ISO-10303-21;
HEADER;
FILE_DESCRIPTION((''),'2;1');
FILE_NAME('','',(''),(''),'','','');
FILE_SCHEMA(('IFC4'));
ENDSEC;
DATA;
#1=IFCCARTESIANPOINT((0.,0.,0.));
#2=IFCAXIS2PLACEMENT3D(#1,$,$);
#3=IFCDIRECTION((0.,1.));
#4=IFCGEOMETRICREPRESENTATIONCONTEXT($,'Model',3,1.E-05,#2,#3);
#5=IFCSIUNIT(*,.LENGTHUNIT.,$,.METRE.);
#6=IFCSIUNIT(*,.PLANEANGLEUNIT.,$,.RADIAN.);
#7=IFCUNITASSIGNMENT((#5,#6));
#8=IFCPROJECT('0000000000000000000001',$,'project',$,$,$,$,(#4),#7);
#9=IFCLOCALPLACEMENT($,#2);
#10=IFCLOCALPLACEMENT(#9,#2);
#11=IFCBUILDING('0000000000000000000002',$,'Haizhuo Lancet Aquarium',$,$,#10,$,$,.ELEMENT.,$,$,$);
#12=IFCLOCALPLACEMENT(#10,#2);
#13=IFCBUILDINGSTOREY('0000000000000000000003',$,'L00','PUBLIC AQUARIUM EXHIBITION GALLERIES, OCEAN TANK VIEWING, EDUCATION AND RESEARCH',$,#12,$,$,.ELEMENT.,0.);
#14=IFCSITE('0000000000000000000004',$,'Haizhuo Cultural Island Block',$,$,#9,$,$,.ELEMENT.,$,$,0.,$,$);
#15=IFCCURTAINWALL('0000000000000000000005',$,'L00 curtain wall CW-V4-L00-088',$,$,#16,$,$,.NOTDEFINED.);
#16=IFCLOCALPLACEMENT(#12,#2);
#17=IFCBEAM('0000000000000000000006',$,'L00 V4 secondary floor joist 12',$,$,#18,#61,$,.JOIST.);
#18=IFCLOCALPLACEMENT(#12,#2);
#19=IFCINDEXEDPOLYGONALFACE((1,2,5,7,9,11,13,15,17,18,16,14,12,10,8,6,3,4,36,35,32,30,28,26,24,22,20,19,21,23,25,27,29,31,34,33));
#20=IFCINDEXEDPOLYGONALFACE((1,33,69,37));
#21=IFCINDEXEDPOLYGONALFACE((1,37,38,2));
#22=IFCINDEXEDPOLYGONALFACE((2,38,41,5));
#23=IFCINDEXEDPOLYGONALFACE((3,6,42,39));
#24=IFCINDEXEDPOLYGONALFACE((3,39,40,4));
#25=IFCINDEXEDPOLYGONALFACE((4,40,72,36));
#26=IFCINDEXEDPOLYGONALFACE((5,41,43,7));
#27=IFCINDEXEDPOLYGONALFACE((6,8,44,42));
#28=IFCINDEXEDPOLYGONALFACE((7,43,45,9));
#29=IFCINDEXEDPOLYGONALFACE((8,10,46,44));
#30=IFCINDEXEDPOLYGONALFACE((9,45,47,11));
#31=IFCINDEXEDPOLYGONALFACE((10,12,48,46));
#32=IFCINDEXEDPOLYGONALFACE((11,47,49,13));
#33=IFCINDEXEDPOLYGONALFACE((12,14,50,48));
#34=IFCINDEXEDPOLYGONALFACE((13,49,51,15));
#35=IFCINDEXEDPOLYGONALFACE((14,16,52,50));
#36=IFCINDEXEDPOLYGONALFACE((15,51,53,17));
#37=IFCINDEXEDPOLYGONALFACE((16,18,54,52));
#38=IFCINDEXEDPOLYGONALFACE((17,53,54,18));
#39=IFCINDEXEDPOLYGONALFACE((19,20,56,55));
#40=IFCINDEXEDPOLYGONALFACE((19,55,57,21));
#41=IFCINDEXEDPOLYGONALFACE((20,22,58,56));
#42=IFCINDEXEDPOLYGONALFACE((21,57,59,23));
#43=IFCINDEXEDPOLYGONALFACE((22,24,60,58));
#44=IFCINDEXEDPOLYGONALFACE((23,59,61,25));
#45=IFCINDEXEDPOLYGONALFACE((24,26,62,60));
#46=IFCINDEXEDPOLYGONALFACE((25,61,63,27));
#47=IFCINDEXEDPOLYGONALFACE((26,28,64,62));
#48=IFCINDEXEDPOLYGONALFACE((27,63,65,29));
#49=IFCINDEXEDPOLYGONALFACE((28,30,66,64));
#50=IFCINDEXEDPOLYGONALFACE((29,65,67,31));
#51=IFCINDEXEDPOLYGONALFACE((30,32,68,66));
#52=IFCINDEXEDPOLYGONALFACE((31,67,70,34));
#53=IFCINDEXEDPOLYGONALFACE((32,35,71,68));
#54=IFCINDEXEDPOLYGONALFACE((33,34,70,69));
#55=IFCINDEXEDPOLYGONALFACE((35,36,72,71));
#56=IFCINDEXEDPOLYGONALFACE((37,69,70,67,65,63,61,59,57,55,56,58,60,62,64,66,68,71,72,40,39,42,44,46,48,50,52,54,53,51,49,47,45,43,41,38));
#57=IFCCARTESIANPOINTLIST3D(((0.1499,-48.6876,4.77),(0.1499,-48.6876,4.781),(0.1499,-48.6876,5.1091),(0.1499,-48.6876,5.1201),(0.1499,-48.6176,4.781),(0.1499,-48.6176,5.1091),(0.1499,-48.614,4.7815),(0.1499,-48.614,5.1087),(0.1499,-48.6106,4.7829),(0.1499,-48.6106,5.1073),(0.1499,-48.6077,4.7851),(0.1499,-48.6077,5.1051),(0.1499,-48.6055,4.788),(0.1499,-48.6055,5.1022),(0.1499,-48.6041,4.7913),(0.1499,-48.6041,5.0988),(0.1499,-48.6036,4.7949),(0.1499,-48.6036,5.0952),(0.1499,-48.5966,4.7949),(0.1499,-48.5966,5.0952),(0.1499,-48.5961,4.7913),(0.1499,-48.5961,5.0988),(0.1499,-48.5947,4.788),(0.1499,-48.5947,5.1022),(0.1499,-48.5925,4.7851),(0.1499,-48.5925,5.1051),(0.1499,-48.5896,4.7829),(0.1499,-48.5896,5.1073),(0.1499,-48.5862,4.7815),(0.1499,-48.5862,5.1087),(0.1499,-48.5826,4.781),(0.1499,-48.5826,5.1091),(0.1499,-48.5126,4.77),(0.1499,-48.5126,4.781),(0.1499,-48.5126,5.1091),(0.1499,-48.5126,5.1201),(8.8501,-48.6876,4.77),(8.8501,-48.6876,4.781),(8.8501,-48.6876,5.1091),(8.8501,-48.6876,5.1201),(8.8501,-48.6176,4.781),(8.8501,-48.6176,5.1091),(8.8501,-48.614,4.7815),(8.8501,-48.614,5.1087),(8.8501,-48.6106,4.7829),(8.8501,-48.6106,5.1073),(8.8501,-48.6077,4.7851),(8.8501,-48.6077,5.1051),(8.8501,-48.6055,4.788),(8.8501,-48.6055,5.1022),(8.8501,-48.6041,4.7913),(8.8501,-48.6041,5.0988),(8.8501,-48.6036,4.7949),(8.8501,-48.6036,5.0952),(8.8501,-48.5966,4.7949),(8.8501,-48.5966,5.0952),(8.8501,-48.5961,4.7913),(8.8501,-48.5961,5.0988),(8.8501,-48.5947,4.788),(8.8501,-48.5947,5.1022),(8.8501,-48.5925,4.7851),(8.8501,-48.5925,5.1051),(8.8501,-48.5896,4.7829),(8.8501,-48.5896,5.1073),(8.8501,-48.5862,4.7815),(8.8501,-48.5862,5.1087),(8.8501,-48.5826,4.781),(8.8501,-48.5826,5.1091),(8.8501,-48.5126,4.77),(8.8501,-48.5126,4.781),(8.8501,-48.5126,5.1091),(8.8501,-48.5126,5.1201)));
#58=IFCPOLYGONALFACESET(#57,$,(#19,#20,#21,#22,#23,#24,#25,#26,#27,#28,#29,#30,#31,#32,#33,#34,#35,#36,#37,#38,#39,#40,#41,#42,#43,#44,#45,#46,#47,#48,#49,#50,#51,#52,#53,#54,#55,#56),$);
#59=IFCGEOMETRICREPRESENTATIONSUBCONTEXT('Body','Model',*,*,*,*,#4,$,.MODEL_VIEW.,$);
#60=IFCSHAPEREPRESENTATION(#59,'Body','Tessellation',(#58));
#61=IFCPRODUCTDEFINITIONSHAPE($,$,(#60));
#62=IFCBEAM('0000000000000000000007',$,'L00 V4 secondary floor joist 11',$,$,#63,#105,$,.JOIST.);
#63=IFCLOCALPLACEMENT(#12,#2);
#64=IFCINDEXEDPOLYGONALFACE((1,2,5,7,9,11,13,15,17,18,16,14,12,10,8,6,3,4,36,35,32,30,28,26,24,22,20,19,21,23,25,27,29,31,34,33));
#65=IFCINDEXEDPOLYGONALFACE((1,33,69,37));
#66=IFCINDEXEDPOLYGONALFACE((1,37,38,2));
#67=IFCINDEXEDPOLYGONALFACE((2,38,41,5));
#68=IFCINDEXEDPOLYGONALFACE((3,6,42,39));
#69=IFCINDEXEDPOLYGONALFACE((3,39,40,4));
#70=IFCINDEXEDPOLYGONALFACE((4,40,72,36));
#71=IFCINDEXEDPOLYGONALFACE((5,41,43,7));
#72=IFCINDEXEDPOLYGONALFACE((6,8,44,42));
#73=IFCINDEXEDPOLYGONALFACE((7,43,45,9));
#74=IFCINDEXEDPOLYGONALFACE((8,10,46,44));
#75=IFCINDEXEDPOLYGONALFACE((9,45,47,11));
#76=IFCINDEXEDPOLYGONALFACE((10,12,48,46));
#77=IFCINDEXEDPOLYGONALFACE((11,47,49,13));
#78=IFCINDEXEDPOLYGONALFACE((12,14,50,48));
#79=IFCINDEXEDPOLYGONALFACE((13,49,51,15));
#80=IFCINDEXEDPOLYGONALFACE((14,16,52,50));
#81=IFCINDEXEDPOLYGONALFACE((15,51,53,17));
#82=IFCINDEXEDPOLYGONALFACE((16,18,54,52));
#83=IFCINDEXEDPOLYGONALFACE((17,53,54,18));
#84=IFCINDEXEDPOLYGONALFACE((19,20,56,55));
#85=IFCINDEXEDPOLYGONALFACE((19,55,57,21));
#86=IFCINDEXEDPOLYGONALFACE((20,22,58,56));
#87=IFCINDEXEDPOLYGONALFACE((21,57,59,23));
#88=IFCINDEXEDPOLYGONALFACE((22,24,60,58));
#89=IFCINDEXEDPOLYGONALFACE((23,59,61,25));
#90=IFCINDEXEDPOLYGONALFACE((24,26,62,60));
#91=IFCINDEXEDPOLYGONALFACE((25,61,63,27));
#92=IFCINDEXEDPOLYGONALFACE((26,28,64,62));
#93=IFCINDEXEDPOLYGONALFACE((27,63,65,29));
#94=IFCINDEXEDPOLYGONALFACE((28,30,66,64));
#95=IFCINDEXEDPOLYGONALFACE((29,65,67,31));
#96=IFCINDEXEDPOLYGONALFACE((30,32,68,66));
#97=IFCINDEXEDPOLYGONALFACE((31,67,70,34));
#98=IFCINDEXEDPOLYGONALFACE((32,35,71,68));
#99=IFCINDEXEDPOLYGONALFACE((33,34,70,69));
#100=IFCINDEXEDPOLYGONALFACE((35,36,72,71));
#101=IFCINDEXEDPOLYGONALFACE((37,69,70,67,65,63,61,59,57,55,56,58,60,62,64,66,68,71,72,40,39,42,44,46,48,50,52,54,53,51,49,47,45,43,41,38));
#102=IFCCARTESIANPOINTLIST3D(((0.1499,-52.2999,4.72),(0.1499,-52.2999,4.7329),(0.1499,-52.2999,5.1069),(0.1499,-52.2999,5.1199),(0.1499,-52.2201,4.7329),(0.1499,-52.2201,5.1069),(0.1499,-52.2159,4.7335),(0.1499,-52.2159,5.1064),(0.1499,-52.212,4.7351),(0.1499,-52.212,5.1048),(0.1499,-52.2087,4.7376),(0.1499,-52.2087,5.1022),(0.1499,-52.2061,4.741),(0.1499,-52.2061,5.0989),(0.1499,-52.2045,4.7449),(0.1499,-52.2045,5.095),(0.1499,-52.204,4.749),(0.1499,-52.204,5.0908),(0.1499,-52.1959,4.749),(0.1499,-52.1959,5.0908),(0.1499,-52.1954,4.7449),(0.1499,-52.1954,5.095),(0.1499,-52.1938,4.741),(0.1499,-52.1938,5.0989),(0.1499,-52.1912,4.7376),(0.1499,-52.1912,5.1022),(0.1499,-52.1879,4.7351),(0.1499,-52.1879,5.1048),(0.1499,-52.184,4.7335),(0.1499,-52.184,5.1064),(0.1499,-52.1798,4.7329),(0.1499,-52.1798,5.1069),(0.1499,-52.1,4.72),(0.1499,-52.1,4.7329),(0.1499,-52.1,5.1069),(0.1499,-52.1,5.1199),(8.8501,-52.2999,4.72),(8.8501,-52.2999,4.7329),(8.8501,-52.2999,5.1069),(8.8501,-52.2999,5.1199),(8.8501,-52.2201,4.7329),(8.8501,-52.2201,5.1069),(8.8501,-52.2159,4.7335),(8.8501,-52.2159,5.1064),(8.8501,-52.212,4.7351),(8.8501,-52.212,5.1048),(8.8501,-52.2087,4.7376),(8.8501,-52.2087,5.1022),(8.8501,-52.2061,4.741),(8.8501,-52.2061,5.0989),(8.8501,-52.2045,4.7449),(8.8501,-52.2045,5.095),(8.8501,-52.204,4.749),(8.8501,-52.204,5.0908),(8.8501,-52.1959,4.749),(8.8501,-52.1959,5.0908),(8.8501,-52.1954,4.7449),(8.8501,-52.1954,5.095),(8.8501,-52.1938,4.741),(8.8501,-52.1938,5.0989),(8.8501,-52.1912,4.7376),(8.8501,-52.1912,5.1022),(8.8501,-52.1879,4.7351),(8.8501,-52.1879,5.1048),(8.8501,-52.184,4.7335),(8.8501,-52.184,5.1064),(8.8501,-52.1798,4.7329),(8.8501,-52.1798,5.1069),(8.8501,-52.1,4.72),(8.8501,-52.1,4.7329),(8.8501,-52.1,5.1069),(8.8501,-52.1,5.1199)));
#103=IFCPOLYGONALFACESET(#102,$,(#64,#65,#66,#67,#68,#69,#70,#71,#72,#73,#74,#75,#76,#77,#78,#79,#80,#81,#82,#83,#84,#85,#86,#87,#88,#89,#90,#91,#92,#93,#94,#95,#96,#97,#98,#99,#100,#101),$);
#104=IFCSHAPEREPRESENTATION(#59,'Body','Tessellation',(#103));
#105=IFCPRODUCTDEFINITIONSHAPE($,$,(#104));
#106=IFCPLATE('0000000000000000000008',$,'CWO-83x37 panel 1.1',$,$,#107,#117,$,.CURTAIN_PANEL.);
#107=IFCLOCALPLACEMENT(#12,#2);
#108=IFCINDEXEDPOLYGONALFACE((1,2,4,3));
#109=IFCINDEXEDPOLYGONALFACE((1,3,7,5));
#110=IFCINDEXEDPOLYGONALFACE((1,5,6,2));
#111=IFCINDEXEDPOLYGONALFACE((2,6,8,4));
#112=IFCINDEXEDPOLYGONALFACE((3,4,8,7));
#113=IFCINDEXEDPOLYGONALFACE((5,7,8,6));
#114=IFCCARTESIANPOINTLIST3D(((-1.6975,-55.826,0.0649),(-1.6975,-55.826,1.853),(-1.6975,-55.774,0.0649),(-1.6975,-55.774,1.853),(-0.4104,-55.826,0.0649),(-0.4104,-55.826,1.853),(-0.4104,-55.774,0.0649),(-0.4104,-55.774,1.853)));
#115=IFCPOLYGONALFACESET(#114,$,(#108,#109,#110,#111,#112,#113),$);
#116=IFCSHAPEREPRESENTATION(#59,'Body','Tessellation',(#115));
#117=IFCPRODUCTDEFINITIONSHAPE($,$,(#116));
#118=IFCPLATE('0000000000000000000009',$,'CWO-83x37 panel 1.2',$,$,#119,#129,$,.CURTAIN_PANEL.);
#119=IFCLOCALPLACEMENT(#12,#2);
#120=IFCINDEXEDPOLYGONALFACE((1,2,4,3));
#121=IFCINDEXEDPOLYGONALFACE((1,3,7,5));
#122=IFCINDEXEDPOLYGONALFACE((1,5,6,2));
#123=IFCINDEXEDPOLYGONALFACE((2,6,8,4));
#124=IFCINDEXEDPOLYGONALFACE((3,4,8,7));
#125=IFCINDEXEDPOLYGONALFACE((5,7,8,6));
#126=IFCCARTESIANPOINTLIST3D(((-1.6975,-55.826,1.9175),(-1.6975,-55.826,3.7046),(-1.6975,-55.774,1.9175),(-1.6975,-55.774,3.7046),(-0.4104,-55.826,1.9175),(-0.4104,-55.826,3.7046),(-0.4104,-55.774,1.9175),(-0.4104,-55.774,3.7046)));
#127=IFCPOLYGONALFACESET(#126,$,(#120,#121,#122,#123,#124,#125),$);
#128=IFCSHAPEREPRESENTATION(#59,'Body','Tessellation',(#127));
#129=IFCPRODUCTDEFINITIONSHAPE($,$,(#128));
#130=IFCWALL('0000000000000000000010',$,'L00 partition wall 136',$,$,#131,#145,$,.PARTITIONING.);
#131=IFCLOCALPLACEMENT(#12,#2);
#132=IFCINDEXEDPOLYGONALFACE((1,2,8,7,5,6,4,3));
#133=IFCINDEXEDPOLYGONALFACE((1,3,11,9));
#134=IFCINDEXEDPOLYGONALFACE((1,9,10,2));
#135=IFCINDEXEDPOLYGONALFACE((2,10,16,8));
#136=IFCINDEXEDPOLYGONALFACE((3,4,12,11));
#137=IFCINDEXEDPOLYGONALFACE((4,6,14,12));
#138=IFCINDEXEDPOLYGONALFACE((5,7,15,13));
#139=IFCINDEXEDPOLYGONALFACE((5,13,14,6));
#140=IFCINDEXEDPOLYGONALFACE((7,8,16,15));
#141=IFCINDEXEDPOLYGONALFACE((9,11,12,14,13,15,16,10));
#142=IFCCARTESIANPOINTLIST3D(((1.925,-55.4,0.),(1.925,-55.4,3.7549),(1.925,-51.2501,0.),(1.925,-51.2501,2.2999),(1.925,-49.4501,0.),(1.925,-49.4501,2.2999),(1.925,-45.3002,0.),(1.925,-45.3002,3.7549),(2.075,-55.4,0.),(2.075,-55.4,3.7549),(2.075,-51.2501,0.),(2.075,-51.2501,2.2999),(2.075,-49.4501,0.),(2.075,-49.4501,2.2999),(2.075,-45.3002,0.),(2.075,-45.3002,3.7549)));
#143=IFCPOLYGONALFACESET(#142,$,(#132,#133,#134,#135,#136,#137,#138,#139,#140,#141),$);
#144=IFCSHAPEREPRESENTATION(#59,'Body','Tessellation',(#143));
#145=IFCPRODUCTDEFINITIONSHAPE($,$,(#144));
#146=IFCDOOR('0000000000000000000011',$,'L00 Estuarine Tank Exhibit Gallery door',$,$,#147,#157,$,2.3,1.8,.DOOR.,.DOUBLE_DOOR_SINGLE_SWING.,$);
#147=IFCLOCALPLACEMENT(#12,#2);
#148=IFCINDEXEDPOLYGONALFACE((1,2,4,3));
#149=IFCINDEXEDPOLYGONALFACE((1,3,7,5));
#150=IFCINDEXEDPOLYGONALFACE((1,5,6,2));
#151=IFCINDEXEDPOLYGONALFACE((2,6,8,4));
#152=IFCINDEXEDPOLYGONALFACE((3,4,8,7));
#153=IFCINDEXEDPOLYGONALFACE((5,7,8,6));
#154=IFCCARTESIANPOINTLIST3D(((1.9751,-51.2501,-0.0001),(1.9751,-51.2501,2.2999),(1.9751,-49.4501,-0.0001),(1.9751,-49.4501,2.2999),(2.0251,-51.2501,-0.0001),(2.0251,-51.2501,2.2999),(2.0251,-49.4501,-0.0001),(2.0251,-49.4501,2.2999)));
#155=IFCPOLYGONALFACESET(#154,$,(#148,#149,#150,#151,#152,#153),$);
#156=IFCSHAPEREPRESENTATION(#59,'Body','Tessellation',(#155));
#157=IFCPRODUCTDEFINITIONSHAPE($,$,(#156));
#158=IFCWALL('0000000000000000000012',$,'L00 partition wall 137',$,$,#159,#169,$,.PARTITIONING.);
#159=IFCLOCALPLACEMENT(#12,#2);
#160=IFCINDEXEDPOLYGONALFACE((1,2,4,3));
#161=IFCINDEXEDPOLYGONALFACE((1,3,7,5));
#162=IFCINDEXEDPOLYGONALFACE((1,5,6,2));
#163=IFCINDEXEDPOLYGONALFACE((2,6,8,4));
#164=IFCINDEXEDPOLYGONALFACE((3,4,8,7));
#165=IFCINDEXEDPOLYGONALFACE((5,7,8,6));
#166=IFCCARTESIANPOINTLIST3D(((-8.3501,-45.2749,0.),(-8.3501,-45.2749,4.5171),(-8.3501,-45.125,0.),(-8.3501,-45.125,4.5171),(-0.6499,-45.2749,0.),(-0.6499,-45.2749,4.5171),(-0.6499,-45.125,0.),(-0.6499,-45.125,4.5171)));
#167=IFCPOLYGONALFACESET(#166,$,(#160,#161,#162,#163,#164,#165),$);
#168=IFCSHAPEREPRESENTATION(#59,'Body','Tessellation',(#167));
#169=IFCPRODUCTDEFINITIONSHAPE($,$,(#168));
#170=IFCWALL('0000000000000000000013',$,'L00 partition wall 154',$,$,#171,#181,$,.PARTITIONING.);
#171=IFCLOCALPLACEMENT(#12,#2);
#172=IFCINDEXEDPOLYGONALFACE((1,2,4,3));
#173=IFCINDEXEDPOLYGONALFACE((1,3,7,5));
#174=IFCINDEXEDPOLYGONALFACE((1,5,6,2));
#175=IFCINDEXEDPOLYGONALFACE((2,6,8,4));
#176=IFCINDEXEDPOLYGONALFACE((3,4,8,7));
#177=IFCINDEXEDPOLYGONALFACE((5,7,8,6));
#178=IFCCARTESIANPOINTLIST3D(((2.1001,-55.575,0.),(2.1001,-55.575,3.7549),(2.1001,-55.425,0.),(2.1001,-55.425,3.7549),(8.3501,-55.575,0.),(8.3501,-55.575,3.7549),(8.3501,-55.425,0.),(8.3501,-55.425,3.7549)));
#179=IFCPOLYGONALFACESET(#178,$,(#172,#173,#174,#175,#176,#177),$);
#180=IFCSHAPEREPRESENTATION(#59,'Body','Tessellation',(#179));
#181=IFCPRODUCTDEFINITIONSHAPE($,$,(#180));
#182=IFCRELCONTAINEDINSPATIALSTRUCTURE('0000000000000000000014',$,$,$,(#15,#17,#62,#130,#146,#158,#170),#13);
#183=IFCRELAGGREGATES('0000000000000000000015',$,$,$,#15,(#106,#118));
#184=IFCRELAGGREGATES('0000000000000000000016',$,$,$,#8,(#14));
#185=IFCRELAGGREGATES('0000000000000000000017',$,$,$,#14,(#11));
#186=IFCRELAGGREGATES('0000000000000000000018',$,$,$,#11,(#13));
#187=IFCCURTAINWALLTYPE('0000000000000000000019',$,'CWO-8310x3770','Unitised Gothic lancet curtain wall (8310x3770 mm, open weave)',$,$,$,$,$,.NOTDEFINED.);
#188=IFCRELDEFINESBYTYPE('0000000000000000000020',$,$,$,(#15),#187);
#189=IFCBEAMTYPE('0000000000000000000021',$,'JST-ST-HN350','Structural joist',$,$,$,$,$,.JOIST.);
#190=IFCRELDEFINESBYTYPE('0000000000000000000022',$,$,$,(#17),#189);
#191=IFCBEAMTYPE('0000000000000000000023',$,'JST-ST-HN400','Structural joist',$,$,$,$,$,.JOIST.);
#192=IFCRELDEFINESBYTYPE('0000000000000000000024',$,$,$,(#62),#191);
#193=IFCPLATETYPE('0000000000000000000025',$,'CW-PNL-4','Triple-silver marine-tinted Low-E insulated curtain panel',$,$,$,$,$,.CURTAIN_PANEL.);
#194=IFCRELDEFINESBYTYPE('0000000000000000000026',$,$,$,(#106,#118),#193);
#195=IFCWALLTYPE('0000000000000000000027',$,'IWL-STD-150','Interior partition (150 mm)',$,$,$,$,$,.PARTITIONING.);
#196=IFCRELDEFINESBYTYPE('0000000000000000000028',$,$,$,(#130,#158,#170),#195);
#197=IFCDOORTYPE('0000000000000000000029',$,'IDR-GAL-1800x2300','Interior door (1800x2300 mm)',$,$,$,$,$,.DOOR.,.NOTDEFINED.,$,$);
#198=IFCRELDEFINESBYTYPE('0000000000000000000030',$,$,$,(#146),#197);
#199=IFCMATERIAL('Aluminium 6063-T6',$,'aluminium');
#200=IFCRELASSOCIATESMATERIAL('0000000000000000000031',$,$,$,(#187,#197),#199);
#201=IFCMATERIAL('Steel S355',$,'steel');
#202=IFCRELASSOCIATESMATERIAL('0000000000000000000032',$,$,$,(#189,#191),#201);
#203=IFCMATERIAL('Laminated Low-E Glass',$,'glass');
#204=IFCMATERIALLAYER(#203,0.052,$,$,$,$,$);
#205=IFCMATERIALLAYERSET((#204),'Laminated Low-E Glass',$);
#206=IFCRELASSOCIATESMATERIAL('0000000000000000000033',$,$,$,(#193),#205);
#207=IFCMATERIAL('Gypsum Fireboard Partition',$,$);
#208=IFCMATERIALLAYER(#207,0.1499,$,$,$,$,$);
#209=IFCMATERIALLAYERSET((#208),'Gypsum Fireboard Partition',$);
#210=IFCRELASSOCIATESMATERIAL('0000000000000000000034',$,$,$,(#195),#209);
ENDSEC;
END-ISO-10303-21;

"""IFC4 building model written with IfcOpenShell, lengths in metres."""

from ifc_helpers import new_model, si_unit, direction, frame, frame_2d, origin, origin_2d, place, context, subcontext, project, spatial, rectangle, i_section, extrude, material, layer, layer_set, material_profile, profile_set, type_object, element, fill, aggregate, save


model = new_model("IFC4")

# Units and contexts
model_context = context("Model", 3, precision=1e-05, world=origin(), true_north=direction((0.0, 1.0)))
body_context = subcontext(model_context, "Body", "Model", "MODEL_VIEW")
ifc_project = project(units=[si_unit("LENGTHUNIT", "METRE"), si_unit("PLANEANGLEUNIT", "RADIAN")], contexts=[model_context])

# Site, building, storey
site_placement = place(None, origin())
site = spatial("IfcSite", under=ifc_project, at=site_placement, Name="Haizhuo Cultural Island Block", CompositionType="ELEMENT", RefElevation=0.0)
building_placement = place(site_placement, origin())
building = spatial("IfcBuilding", under=site, at=building_placement, Name="Haizhuo Lancet Aquarium", CompositionType="ELEMENT")
storey_placement = place(building_placement, origin())
storey = spatial("IfcBuildingStorey", under=building, at=storey_placement, Name="L00", Description="PUBLIC AQUARIUM EXHIBITION GALLERIES, OCEAN TANK VIEWING, EDUCATION AND RESEARCH", CompositionType="ELEMENT", Elevation=0.0)

# Shared definitions
ifc_material_1 = material(Name="Steel S355", Category="steel")

# Curtain wall
ifc_material_2 = material(Name="Aluminium 6063-T6", Category="aluminium")
curtain_wall_type = type_object("IfcCurtainWallType", Name="CWO-8310x3770", Description="Unitised Gothic lancet curtain wall (8310x3770 mm, open weave)", PredefinedType="NOTDEFINED", material=ifc_material_2)
curtain_wall_placement = place(storey_placement, origin())
curtain_wall = element("IfcCurtainWall", 1, at=curtain_wall_placement, inside=storey, type_object=curtain_wall_type, Name="L00 curtain wall CW-V4-L00-088", PredefinedType="NOTDEFINED")

# Beams
ifc_material_profile_1 = material_profile(ifc_material_1, i_section(OverallWidth=0.175, OverallDepth=0.3501, WebThickness=0.0071, FlangeThickness=0.011, FilletRadius=0.0139, at=origin_2d()), Name="HN 350x175x7x11")
ifc_profile_set_1 = profile_set([ifc_material_profile_1], Name="Steel S355")
beam_type_1 = type_object("IfcBeamType", Name="JST-ST-HN350", Description="Structural joist", PredefinedType="JOIST", material=ifc_profile_set_1)
beam_1_placement = place(storey_placement, frame((0.1499, -48.6001, 4.9451), z_axis=(1.0, 0.0, 0.0), x_axis=(0.0, 1.0, 0.0)))
element("IfcBeam", 2, at=beam_1_placement, inside=storey, type_object=beam_type_1, Name="L00 V4 secondary floor joist 12", PredefinedType="JOIST", context=body_context, shape_type="SweptSolid", body=[
    extrude(i_section(OverallWidth=0.175, OverallDepth=0.3501, WebThickness=0.0071, FlangeThickness=0.011, FilletRadius=0.0139, at=origin_2d()), origin(), (0.0, 0.0, 1.0), 8.7002),
])
ifc_material_profile_2 = material_profile(ifc_material_1, i_section(OverallWidth=0.2, OverallDepth=0.3999, WebThickness=0.0081, FlangeThickness=0.0129, FilletRadius=0.0161, at=origin_2d()), Name="HN 400x200x8x13")
ifc_profile_set_2 = profile_set([ifc_material_profile_2], Name="Steel S355")
beam_type_2 = type_object("IfcBeamType", Name="JST-ST-HN400", Description="Structural joist", PredefinedType="JOIST", material=ifc_profile_set_2)
beam_2_placement = place(storey_placement, frame((0.1499, -52.2, 4.9199), z_axis=(1.0, 0.0, 0.0), x_axis=(0.0, 1.0, 0.0)))
element("IfcBeam", 3, at=beam_2_placement, inside=storey, type_object=beam_type_2, Name="L00 V4 secondary floor joist 11", PredefinedType="JOIST", context=body_context, shape_type="SweptSolid", body=[
    extrude(i_section(OverallWidth=0.2, OverallDepth=0.3999, WebThickness=0.0081, FlangeThickness=0.0129, FilletRadius=0.0161, at=origin_2d()), origin(), (0.0, 0.0, 1.0), 8.7002),
])

# Plates
ifc_material_3 = material(Name="Laminated Low-E Glass", Category="glass")
ifc_layer_1 = layer(ifc_material_3, 0.052)
ifc_layer_set_1 = layer_set([ifc_layer_1], Name="Laminated Low-E Glass")
plate_type = type_object("IfcPlateType", Name="CW-PNL-4", Description="Triple-silver marine-tinted Low-E insulated curtain panel", PredefinedType="CURTAIN_PANEL", material=ifc_layer_set_1)
plate_1_placement = place(storey_placement, frame((-1.054, -55.8, 0.0649), z_axis=(0.0, 0.0, 1.0), x_axis=(-1.0, 0.0, 0.0)))
plate_1 = element("IfcPlate", 4, at=plate_1_placement, type_object=plate_type, Name="CWO-83x37 panel 1.1", PredefinedType="CURTAIN_PANEL", context=body_context, shape_type="SweptSolid", body=[
    extrude(rectangle(XDim=1.2871, YDim=0.052, at=origin_2d()), origin(), (0.0, 0.0, 1.0), 1.7881),
])
plate_2_placement = place(storey_placement, frame((-1.054, -55.8, 1.9175), z_axis=(0.0, 0.0, 1.0), x_axis=(-1.0, 0.0, 0.0)))
plate_2 = element("IfcPlate", 5, at=plate_2_placement, type_object=plate_type, Name="CWO-83x37 panel 1.2", PredefinedType="CURTAIN_PANEL", context=body_context, shape_type="SweptSolid", body=[
    extrude(rectangle(XDim=1.2871, YDim=0.052, at=origin_2d()), origin(), (0.0, 0.0, 1.0), 1.7871),
])
aggregate(curtain_wall, [plate_1, plate_2])

# Wall, opening, door
ifc_material_4 = material(Name="Gypsum Fireboard Partition")
ifc_layer_2 = layer(ifc_material_4, 0.1499)
ifc_layer_set_2 = layer_set([ifc_layer_2], Name="Gypsum Fireboard Partition")
wall_type_1 = type_object("IfcWallType", Name="IWL-STD-150", Description="Interior partition (150 mm)", PredefinedType="PARTITIONING", material=ifc_layer_set_2)
wall_1_placement = place(storey_placement, frame((2.0, -55.3999, 0.0), z_axis=(0.0, 0.0, 1.0), x_axis=(0.0, 1.0, 0.0)))
wall_1 = element("IfcWall", 6, at=wall_1_placement, inside=storey, type_object=wall_type_1, Name="L00 partition wall 136", PredefinedType="PARTITIONING", context=body_context, shape_type="SweptSolid", body=[
    extrude(rectangle(XDim=10.0999, YDim=0.1499, at=frame_2d((5.0498, 0.0))), origin(), (0.0, 0.0, 1.0), 3.7549),
])
opening_placement = place(wall_1_placement, frame((4.1499, 0.0, 0.0)))
opening = element("IfcOpeningElement", 7, at=opening_placement, cuts=wall_1, PredefinedType="OPENING", context=body_context, shape_type="SweptSolid", body=[
    extrude(rectangle(XDim=1.8, YDim=2.3, at=frame_2d((0.8999, 1.1499))), frame((0.0, 0.085, 0.0), z_axis=(0.0, -1.0, 0.0), x_axis=(1.0, 0.0, 0.0)), (0.0, 0.0, 1.0), 0.1699),
])
door_type = type_object("IfcDoorType", Name="IDR-GAL-1800x2300", Description="Interior door (1800x2300 mm)", OperationType="NOTDEFINED", PredefinedType="DOOR", material=ifc_material_2)
door_placement = place(opening_placement, origin())
door = element("IfcDoor", 8, at=door_placement, inside=storey, type_object=door_type, Name="L00 Estuarine Tank Exhibit Gallery door", OperationType="DOUBLE_DOOR_SINGLE_SWING", OverallHeight=2.3, OverallWidth=1.8, PredefinedType="DOOR", context=body_context, shape_type="SweptSolid", body=[
    extrude(rectangle(XDim=1.8, YDim=2.3, at=frame_2d((0.8999, 1.1499))), frame((0.0, 0.0249, 0.0), z_axis=(0.0, -1.0, 0.0), x_axis=(1.0, 0.0, 0.0)), (0.0, 0.0, 1.0), 0.05),
])
fill(opening, door)

# Walls
wall_2_placement = place(storey_placement, frame((-0.6499, -45.2, 0.0), z_axis=(0.0, 0.0, 1.0), x_axis=(-1.0, 0.0, 0.0)))
element("IfcWall", 9, at=wall_2_placement, inside=storey, type_object=wall_type_1, Name="L00 partition wall 137", PredefinedType="PARTITIONING", context=body_context, shape_type="SweptSolid", body=[
    extrude(rectangle(XDim=7.7002, YDim=0.1499, at=frame_2d((3.8501, 0.0))), origin(), (0.0, 0.0, 1.0), 4.5171),
])
wall_3_placement = place(storey_placement, frame((2.1001, -55.5, 0.0), z_axis=(0.0, 0.0, 1.0), x_axis=(1.0, 0.0, 0.0)))
element("IfcWall", 10, at=wall_3_placement, inside=storey, type_object=wall_type_1, Name="L00 partition wall 154", PredefinedType="PARTITIONING", context=body_context, shape_type="SweptSolid", body=[
    extrude(rectangle(XDim=6.25, YDim=0.1499, at=frame_2d((3.125, 0.0))), origin(), (0.0, 0.0, 1.0), 3.7549),
])

save(model, "model.ifc")
